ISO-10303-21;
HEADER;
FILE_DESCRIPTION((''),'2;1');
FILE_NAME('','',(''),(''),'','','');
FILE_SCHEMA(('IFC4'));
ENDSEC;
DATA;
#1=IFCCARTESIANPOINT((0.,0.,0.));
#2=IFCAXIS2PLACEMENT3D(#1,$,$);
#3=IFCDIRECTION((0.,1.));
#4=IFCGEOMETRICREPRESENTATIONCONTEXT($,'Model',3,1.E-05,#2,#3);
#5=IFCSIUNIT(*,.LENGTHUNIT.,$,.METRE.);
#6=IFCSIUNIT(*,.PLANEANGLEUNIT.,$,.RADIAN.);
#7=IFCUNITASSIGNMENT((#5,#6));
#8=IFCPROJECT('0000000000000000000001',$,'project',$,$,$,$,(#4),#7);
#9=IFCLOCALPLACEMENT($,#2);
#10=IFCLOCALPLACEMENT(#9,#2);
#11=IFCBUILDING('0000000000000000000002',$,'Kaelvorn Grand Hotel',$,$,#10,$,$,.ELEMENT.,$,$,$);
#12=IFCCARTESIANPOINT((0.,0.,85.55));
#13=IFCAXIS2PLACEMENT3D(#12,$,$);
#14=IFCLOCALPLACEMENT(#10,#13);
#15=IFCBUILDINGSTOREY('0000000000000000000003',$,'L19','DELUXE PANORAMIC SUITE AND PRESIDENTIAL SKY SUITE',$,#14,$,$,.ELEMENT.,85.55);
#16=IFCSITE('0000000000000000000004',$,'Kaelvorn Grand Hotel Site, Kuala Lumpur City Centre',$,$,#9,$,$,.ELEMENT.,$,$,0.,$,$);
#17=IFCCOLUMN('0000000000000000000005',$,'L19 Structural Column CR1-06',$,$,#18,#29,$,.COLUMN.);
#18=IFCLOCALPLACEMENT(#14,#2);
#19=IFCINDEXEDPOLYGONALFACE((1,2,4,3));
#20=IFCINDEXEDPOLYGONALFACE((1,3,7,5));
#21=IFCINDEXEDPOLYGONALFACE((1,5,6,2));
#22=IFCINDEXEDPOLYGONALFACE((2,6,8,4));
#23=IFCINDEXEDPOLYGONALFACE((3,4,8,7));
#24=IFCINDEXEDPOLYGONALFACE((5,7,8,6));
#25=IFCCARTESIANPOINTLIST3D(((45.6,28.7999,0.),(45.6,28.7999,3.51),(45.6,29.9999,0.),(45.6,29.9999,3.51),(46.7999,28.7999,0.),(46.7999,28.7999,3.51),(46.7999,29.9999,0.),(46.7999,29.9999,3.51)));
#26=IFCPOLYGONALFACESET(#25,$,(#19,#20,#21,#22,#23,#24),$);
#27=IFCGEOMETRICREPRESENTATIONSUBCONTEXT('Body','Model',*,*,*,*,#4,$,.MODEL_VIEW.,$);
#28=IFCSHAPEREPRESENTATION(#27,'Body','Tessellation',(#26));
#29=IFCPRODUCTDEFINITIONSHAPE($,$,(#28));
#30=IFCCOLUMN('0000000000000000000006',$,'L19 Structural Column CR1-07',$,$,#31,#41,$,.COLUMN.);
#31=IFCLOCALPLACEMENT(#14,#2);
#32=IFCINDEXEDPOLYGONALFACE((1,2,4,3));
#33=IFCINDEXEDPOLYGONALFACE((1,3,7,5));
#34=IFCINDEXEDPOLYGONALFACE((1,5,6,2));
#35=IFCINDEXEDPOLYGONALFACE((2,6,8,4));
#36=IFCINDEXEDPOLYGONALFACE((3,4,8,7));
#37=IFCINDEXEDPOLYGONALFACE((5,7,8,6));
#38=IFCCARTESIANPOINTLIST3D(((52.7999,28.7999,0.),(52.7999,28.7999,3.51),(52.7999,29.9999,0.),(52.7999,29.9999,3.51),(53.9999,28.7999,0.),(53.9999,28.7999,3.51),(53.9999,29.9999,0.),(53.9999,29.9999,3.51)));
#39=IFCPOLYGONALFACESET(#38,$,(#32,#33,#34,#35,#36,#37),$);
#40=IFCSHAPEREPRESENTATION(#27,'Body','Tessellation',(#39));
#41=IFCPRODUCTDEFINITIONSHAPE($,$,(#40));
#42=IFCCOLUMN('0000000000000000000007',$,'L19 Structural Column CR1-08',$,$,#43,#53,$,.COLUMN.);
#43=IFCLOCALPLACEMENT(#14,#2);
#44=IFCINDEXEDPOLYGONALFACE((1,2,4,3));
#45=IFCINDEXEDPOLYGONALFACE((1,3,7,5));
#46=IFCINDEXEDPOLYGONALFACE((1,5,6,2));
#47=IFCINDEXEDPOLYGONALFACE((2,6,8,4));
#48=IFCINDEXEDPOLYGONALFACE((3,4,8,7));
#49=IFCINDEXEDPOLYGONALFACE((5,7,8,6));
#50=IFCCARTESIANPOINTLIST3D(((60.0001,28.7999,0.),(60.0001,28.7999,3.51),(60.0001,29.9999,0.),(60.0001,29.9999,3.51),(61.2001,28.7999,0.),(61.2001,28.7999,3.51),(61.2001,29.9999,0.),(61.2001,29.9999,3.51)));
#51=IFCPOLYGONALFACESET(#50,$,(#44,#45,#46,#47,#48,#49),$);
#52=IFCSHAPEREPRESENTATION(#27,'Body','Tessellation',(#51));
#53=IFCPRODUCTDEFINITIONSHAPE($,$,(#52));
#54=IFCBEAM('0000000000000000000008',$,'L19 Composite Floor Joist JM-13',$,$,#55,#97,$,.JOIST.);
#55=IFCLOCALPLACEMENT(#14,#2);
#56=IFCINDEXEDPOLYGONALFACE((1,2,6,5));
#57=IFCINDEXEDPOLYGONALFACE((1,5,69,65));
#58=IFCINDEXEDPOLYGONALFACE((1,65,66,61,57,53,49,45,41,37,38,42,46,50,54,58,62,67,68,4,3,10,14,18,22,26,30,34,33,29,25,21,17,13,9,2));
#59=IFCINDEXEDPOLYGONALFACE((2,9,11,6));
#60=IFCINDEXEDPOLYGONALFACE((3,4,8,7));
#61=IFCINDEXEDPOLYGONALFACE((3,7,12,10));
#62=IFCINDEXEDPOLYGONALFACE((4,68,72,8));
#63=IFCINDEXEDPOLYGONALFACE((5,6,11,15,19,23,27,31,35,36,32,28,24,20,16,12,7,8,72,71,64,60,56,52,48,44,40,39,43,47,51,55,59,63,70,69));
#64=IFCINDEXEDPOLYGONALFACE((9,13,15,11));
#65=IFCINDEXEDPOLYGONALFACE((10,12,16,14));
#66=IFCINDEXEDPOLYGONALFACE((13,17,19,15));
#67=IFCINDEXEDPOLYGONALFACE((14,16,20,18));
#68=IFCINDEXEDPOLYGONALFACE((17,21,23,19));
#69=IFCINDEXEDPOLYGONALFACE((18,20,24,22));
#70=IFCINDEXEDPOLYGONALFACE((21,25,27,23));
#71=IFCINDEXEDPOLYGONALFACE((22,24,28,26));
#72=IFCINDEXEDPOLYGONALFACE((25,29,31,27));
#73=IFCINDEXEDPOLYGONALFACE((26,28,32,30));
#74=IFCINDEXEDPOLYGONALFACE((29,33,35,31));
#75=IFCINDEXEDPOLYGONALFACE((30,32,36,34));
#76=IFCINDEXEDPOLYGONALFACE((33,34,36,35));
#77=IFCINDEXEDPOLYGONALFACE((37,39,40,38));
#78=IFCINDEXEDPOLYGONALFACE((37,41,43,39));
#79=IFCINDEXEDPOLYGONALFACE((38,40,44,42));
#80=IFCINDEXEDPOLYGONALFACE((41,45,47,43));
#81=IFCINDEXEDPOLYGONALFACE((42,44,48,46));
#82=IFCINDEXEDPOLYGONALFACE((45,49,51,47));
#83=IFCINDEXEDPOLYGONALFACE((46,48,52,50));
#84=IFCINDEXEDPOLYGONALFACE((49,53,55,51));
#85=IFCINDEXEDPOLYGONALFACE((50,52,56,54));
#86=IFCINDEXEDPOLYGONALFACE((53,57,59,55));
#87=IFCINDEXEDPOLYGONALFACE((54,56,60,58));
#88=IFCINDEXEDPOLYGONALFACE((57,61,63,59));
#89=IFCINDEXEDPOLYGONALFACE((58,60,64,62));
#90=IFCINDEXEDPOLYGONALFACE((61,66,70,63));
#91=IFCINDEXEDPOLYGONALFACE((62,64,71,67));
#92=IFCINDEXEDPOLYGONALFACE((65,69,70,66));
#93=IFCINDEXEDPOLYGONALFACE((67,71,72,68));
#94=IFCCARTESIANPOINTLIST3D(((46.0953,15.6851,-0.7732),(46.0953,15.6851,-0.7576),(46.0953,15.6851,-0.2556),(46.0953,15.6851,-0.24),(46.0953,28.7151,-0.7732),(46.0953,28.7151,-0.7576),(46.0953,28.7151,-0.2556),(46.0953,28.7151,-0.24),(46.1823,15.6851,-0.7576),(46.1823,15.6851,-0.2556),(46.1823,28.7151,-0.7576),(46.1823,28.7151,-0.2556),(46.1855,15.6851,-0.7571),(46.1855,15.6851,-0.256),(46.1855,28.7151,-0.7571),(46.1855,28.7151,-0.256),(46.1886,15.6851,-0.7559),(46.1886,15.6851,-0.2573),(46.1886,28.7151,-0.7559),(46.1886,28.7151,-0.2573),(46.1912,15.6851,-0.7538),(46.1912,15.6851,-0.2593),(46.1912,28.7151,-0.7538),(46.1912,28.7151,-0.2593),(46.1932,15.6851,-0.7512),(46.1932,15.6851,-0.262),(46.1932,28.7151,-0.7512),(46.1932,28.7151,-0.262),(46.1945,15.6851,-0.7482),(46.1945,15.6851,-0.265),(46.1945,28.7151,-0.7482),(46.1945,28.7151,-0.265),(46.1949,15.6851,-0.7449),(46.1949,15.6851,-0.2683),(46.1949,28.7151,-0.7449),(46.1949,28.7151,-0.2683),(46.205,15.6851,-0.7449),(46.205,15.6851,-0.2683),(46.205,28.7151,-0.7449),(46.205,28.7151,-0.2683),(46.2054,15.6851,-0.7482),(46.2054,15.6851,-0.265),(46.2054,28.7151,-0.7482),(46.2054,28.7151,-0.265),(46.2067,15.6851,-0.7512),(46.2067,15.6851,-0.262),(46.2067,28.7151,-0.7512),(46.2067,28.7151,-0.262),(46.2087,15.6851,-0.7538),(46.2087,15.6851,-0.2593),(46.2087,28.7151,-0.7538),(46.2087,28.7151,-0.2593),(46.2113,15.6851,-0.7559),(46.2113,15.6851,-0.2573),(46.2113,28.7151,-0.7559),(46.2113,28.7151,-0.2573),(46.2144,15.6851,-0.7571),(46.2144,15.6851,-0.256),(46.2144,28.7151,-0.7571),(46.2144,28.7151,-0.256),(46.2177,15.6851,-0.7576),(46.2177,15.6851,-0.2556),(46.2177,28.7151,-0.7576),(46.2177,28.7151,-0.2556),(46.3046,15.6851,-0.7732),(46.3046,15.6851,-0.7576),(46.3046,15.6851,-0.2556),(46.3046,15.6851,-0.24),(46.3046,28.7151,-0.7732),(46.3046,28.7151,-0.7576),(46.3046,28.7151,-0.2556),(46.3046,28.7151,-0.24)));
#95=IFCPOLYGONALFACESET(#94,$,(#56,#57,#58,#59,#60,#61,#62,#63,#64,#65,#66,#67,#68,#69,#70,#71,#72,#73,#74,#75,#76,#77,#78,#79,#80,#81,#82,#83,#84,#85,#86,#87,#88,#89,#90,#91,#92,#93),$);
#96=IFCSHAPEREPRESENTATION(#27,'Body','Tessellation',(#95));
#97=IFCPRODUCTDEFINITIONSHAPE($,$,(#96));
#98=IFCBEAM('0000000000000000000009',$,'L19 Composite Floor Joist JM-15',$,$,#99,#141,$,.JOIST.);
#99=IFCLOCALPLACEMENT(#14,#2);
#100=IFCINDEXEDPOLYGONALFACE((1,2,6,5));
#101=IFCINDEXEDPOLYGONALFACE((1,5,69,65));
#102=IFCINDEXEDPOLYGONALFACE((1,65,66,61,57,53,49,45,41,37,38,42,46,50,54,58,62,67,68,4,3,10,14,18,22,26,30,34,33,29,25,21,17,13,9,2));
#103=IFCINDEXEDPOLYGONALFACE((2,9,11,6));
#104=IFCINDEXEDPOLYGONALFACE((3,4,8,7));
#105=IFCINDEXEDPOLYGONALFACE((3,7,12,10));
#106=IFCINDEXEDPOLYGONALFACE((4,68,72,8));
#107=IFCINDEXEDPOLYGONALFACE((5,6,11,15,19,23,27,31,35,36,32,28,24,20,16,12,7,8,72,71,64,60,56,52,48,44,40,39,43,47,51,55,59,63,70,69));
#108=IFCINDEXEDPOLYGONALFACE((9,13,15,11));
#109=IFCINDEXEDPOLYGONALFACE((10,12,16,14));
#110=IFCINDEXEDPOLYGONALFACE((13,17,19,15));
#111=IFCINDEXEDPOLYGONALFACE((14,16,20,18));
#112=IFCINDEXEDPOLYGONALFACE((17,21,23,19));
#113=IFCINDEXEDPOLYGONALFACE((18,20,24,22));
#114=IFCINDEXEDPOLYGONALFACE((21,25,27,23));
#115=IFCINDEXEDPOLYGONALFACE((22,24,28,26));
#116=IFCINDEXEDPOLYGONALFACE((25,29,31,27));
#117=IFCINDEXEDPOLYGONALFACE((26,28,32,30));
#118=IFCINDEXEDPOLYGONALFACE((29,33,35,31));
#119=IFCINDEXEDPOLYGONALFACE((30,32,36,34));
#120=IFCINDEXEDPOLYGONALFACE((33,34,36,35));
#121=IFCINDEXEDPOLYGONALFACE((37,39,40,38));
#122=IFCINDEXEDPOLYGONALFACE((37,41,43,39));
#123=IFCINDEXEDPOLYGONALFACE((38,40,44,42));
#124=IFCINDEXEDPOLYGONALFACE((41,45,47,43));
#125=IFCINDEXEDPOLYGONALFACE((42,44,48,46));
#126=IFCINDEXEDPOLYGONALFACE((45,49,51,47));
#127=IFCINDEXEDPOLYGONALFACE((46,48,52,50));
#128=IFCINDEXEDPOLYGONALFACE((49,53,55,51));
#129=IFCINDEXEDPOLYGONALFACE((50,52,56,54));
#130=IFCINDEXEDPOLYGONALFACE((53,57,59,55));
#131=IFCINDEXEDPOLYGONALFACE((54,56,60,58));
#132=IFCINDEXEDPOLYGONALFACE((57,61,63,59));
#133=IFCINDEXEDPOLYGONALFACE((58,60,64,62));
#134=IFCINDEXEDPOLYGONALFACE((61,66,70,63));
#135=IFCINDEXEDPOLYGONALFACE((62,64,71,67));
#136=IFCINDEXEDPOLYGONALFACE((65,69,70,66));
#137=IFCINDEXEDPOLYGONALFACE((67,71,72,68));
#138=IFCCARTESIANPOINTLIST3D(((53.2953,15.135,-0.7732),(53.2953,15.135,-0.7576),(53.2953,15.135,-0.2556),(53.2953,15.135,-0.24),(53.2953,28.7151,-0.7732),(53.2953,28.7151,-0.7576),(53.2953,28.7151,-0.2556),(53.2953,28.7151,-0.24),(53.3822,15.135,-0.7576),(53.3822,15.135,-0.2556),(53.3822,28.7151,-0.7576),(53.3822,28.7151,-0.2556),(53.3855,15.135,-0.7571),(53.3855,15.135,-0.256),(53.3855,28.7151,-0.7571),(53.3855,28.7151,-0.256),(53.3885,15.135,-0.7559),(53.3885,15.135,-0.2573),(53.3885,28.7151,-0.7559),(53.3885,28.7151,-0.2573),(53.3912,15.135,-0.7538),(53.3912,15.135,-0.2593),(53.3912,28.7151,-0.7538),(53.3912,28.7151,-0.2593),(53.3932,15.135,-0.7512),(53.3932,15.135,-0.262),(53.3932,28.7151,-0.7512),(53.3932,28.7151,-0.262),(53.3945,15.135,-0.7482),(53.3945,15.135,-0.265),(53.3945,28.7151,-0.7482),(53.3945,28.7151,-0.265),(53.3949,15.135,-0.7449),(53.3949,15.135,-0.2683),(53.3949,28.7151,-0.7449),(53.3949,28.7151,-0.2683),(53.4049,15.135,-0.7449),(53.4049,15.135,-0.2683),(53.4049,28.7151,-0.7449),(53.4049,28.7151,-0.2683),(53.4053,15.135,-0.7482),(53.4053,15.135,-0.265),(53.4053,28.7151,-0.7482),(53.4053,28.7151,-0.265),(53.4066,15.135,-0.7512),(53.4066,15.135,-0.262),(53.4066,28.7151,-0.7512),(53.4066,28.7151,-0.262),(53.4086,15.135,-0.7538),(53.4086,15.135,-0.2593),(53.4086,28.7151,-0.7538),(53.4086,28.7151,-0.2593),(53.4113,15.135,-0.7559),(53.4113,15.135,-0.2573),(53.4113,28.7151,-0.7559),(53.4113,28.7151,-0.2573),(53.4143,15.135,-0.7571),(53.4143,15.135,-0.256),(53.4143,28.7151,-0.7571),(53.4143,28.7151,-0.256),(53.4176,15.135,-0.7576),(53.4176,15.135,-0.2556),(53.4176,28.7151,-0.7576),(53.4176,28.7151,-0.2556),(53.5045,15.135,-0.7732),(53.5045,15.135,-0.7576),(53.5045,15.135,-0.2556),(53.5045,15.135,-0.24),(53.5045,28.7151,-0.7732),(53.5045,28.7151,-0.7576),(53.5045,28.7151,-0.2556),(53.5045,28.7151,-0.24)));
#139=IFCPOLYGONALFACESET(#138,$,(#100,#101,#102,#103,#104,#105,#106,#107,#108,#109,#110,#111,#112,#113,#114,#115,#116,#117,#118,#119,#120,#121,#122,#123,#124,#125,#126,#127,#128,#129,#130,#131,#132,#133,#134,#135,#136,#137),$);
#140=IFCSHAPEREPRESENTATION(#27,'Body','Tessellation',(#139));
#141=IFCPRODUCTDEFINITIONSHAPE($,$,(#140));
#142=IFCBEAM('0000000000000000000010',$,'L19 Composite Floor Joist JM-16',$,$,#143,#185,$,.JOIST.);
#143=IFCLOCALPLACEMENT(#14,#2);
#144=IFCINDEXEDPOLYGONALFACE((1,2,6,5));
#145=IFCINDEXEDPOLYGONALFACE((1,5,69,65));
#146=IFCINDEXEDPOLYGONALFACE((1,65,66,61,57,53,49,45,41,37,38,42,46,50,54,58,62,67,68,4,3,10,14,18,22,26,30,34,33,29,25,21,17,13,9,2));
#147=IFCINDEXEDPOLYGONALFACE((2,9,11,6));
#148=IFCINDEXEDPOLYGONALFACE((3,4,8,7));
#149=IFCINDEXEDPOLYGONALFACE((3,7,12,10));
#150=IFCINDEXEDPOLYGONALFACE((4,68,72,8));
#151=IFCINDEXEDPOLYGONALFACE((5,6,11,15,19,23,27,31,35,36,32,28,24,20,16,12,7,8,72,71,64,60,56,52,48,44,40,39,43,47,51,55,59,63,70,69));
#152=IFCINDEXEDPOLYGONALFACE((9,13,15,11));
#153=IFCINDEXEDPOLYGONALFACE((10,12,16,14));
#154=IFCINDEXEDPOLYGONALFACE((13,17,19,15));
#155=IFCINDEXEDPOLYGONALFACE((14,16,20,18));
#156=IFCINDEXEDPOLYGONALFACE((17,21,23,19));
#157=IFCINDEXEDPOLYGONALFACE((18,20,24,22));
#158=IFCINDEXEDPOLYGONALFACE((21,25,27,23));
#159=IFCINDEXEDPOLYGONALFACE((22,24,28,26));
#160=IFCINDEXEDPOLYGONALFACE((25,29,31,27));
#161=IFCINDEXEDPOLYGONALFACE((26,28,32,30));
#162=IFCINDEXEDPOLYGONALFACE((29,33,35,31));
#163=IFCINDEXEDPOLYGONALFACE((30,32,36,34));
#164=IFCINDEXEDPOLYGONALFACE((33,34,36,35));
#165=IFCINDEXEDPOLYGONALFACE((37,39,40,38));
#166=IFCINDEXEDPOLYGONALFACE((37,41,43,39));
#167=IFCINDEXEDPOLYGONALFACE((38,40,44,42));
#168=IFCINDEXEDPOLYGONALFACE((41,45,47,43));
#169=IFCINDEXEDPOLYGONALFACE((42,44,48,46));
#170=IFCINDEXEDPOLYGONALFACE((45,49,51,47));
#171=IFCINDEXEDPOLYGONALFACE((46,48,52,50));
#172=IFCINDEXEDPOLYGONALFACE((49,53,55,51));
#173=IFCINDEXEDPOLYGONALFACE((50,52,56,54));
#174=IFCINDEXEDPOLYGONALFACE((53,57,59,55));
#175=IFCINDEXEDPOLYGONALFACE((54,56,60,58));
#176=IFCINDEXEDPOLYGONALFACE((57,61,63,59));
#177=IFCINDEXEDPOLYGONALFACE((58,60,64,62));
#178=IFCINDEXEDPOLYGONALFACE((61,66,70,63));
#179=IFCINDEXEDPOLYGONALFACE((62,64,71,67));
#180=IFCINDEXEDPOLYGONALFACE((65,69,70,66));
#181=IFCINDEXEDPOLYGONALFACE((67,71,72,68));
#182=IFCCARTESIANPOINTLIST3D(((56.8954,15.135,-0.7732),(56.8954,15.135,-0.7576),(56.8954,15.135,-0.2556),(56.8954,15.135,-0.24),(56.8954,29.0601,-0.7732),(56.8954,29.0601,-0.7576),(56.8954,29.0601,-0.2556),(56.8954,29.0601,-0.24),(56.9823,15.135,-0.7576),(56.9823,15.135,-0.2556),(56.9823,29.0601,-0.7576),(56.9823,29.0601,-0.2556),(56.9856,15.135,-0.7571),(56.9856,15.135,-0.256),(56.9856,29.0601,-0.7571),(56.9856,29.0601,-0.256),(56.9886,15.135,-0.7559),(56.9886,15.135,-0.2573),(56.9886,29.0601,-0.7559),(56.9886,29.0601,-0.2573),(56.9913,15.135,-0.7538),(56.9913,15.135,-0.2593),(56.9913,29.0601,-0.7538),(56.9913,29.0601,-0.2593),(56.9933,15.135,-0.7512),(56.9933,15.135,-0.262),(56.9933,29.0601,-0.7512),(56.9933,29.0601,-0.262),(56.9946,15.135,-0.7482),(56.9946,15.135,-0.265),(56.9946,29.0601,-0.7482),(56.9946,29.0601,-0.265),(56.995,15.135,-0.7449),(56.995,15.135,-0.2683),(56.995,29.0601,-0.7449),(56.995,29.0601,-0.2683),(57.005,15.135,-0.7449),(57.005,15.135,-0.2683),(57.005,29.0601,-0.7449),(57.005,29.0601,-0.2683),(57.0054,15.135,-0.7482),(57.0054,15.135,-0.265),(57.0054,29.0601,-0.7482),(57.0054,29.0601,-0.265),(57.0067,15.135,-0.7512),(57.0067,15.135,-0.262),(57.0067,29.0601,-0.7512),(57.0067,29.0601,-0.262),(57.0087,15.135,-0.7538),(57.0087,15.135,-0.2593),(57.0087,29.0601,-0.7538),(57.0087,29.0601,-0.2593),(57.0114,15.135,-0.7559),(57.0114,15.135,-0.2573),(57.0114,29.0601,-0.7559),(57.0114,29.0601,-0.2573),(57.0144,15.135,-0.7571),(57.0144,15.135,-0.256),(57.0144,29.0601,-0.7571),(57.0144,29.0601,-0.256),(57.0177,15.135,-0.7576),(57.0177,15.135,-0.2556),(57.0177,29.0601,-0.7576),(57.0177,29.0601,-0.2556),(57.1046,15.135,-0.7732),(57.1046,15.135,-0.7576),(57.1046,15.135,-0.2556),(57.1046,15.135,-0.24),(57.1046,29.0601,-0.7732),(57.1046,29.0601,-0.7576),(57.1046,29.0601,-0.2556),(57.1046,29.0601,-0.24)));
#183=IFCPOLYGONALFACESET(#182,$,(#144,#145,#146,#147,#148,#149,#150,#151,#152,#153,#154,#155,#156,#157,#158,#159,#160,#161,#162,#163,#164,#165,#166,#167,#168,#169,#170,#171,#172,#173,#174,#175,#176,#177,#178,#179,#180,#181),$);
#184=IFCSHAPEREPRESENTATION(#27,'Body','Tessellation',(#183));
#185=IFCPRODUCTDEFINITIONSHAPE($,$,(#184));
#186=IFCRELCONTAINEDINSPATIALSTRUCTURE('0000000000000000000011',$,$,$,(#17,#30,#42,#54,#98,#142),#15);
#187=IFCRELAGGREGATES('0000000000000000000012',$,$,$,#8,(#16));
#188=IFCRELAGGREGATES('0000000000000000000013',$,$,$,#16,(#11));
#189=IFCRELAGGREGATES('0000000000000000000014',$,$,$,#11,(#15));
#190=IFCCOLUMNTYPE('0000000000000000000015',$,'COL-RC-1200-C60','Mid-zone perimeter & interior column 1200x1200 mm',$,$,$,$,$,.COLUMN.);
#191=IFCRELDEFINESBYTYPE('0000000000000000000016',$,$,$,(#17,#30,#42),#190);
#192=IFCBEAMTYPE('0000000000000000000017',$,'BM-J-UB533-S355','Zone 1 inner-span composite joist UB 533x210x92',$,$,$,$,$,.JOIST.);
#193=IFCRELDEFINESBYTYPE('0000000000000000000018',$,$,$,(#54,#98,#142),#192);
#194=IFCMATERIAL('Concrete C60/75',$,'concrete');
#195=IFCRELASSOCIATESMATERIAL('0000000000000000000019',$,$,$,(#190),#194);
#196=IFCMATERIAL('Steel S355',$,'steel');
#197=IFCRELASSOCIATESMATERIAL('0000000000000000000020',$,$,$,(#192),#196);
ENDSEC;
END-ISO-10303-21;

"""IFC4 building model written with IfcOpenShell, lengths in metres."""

from ifc_helpers import new_model, si_unit, direction, frame, origin, origin_2d, place, context, subcontext, project, spatial, rectangle, i_section, extrude, material, material_profile, profile_set, type_object, element, save


model = new_model("IFC4")

# Units and contexts
model_context = context("Model", 3, precision=1e-05, world=origin(), true_north=direction((0.0, 1.0)))
body_context = subcontext(model_context, "Body", "Model", "MODEL_VIEW")
ifc_project = project(units=[si_unit("LENGTHUNIT", "METRE"), si_unit("PLANEANGLEUNIT", "RADIAN")], contexts=[model_context])

# Site, building, storey
site_placement = place(None, origin())
site = spatial("IfcSite", under=ifc_project, at=site_placement, Name="Kaelvorn Grand Hotel Site, Kuala Lumpur City Centre", CompositionType="ELEMENT", RefElevation=0.0)
building_placement = place(site_placement, origin())
building = spatial("IfcBuilding", under=site, at=building_placement, Name="Kaelvorn Grand Hotel", CompositionType="ELEMENT")
storey_placement = place(building_placement, frame((0.0, 0.0, 85.55)))
storey = spatial("IfcBuildingStorey", under=building, at=storey_placement, Name="L19", Description="DELUXE PANORAMIC SUITE AND PRESIDENTIAL SKY SUITE", CompositionType="ELEMENT", Elevation=85.55)

# Columns
ifc_material_1 = material(Name="Concrete C60/75", Category="concrete")
ifc_material_profile_1 = material_profile(ifc_material_1, rectangle(XDim=1.2, YDim=1.2, at=origin_2d()), Name="RC COL 1200x1200")
ifc_profile_set_1 = profile_set([ifc_material_profile_1], Name="Concrete C60/75")
column_type = type_object("IfcColumnType", Name="COL-RC-1200-C60", Description="Mid-zone perimeter & interior column 1200x1200 mm", PredefinedType="COLUMN", material=ifc_profile_set_1)
for number, where, z_axis, x_axis, name in (
    (1, (46.2, 29.3999, 0.0), (0.0, 0.0, 1.0), (1.0, 0.0, 0.0), "L19 Structural Column CR1-06"),
    (2, (53.3999, 29.3999, 0.0), (0.0, 0.0, 1.0), (1.0, 0.0, 0.0), "L19 Structural Column CR1-07"),
    (3, (60.6001, 29.3999, 0.0), (0.0, 0.0, 1.0), (1.0, 0.0, 0.0), "L19 Structural Column CR1-08"),
):
    element("IfcColumn", number, at=place(storey_placement, frame(where, z_axis=z_axis, x_axis=x_axis)), inside=storey, type_object=column_type, Name=name, PredefinedType="COLUMN", context=body_context, shape_type="SweptSolid", body=[
        extrude(rectangle(XDim=1.2, YDim=1.2, at=origin_2d()), origin(), (0.0, 0.0, 1.0), 3.51),
    ])

# Beams
ifc_material_2 = material(Name="Steel S355", Category="steel")
ifc_material_profile_2 = material_profile(ifc_material_2, i_section(OverallWidth=0.2092, OverallDepth=0.5332, WebThickness=0.01, FlangeThickness=0.0156, FilletRadius=0.0127, at=origin_2d()), Name="UB 533x210x92")
ifc_profile_set_2 = profile_set([ifc_material_profile_2], Name="Steel S355")
beam_type_1 = type_object("IfcBeamType", Name="BM-J-UB533-S355", Description="Zone 1 inner-span composite joist UB 533x210x92", PredefinedType="JOIST", material=ifc_profile_set_2)
beam_1_placement = place(storey_placement, frame((46.2, 15.6851, -0.5066), z_axis=(0.0, 1.0, 0.0), x_axis=(-1.0, 0.0, 0.0)))
element("IfcBeam", 4, at=beam_1_placement, inside=storey, type_object=beam_type_1, Name="L19 Composite Floor Joist JM-13", PredefinedType="JOIST", context=body_context, shape_type="SweptSolid", body=[
    extrude(i_section(OverallWidth=0.2092, OverallDepth=0.5332, WebThickness=0.01, FlangeThickness=0.0156, FilletRadius=0.0127, at=origin_2d()), origin(), (0.0, 0.0, 1.0), 13.03),
])
beam_2_placement = place(storey_placement, frame((53.3999, 15.135, -0.5066), z_axis=(0.0, 1.0, 0.0), x_axis=(-1.0, 0.0, 0.0)))
element("IfcBeam", 5, at=beam_2_placement, inside=storey, type_object=beam_type_1, Name="L19 Composite Floor Joist JM-15", PredefinedType="JOIST", context=body_context, shape_type="SweptSolid", body=[
    extrude(i_section(OverallWidth=0.2092, OverallDepth=0.5332, WebThickness=0.01, FlangeThickness=0.0156, FilletRadius=0.0127, at=origin_2d()), origin(), (0.0, 0.0, 1.0), 13.5801),
])
beam_3_placement = place(storey_placement, frame((57.0, 15.135, -0.5066), z_axis=(0.0, 1.0, 0.0), x_axis=(-1.0, 0.0, 0.0)))
element("IfcBeam", 6, at=beam_3_placement, inside=storey, type_object=beam_type_1, Name="L19 Composite Floor Joist JM-16", PredefinedType="JOIST", context=body_context, shape_type="SweptSolid", body=[
    extrude(i_section(OverallWidth=0.2092, OverallDepth=0.5332, WebThickness=0.01, FlangeThickness=0.0156, FilletRadius=0.0127, at=origin_2d()), origin(), (0.0, 0.0, 1.0), 13.925),
])

save(model, "model.ifc")
